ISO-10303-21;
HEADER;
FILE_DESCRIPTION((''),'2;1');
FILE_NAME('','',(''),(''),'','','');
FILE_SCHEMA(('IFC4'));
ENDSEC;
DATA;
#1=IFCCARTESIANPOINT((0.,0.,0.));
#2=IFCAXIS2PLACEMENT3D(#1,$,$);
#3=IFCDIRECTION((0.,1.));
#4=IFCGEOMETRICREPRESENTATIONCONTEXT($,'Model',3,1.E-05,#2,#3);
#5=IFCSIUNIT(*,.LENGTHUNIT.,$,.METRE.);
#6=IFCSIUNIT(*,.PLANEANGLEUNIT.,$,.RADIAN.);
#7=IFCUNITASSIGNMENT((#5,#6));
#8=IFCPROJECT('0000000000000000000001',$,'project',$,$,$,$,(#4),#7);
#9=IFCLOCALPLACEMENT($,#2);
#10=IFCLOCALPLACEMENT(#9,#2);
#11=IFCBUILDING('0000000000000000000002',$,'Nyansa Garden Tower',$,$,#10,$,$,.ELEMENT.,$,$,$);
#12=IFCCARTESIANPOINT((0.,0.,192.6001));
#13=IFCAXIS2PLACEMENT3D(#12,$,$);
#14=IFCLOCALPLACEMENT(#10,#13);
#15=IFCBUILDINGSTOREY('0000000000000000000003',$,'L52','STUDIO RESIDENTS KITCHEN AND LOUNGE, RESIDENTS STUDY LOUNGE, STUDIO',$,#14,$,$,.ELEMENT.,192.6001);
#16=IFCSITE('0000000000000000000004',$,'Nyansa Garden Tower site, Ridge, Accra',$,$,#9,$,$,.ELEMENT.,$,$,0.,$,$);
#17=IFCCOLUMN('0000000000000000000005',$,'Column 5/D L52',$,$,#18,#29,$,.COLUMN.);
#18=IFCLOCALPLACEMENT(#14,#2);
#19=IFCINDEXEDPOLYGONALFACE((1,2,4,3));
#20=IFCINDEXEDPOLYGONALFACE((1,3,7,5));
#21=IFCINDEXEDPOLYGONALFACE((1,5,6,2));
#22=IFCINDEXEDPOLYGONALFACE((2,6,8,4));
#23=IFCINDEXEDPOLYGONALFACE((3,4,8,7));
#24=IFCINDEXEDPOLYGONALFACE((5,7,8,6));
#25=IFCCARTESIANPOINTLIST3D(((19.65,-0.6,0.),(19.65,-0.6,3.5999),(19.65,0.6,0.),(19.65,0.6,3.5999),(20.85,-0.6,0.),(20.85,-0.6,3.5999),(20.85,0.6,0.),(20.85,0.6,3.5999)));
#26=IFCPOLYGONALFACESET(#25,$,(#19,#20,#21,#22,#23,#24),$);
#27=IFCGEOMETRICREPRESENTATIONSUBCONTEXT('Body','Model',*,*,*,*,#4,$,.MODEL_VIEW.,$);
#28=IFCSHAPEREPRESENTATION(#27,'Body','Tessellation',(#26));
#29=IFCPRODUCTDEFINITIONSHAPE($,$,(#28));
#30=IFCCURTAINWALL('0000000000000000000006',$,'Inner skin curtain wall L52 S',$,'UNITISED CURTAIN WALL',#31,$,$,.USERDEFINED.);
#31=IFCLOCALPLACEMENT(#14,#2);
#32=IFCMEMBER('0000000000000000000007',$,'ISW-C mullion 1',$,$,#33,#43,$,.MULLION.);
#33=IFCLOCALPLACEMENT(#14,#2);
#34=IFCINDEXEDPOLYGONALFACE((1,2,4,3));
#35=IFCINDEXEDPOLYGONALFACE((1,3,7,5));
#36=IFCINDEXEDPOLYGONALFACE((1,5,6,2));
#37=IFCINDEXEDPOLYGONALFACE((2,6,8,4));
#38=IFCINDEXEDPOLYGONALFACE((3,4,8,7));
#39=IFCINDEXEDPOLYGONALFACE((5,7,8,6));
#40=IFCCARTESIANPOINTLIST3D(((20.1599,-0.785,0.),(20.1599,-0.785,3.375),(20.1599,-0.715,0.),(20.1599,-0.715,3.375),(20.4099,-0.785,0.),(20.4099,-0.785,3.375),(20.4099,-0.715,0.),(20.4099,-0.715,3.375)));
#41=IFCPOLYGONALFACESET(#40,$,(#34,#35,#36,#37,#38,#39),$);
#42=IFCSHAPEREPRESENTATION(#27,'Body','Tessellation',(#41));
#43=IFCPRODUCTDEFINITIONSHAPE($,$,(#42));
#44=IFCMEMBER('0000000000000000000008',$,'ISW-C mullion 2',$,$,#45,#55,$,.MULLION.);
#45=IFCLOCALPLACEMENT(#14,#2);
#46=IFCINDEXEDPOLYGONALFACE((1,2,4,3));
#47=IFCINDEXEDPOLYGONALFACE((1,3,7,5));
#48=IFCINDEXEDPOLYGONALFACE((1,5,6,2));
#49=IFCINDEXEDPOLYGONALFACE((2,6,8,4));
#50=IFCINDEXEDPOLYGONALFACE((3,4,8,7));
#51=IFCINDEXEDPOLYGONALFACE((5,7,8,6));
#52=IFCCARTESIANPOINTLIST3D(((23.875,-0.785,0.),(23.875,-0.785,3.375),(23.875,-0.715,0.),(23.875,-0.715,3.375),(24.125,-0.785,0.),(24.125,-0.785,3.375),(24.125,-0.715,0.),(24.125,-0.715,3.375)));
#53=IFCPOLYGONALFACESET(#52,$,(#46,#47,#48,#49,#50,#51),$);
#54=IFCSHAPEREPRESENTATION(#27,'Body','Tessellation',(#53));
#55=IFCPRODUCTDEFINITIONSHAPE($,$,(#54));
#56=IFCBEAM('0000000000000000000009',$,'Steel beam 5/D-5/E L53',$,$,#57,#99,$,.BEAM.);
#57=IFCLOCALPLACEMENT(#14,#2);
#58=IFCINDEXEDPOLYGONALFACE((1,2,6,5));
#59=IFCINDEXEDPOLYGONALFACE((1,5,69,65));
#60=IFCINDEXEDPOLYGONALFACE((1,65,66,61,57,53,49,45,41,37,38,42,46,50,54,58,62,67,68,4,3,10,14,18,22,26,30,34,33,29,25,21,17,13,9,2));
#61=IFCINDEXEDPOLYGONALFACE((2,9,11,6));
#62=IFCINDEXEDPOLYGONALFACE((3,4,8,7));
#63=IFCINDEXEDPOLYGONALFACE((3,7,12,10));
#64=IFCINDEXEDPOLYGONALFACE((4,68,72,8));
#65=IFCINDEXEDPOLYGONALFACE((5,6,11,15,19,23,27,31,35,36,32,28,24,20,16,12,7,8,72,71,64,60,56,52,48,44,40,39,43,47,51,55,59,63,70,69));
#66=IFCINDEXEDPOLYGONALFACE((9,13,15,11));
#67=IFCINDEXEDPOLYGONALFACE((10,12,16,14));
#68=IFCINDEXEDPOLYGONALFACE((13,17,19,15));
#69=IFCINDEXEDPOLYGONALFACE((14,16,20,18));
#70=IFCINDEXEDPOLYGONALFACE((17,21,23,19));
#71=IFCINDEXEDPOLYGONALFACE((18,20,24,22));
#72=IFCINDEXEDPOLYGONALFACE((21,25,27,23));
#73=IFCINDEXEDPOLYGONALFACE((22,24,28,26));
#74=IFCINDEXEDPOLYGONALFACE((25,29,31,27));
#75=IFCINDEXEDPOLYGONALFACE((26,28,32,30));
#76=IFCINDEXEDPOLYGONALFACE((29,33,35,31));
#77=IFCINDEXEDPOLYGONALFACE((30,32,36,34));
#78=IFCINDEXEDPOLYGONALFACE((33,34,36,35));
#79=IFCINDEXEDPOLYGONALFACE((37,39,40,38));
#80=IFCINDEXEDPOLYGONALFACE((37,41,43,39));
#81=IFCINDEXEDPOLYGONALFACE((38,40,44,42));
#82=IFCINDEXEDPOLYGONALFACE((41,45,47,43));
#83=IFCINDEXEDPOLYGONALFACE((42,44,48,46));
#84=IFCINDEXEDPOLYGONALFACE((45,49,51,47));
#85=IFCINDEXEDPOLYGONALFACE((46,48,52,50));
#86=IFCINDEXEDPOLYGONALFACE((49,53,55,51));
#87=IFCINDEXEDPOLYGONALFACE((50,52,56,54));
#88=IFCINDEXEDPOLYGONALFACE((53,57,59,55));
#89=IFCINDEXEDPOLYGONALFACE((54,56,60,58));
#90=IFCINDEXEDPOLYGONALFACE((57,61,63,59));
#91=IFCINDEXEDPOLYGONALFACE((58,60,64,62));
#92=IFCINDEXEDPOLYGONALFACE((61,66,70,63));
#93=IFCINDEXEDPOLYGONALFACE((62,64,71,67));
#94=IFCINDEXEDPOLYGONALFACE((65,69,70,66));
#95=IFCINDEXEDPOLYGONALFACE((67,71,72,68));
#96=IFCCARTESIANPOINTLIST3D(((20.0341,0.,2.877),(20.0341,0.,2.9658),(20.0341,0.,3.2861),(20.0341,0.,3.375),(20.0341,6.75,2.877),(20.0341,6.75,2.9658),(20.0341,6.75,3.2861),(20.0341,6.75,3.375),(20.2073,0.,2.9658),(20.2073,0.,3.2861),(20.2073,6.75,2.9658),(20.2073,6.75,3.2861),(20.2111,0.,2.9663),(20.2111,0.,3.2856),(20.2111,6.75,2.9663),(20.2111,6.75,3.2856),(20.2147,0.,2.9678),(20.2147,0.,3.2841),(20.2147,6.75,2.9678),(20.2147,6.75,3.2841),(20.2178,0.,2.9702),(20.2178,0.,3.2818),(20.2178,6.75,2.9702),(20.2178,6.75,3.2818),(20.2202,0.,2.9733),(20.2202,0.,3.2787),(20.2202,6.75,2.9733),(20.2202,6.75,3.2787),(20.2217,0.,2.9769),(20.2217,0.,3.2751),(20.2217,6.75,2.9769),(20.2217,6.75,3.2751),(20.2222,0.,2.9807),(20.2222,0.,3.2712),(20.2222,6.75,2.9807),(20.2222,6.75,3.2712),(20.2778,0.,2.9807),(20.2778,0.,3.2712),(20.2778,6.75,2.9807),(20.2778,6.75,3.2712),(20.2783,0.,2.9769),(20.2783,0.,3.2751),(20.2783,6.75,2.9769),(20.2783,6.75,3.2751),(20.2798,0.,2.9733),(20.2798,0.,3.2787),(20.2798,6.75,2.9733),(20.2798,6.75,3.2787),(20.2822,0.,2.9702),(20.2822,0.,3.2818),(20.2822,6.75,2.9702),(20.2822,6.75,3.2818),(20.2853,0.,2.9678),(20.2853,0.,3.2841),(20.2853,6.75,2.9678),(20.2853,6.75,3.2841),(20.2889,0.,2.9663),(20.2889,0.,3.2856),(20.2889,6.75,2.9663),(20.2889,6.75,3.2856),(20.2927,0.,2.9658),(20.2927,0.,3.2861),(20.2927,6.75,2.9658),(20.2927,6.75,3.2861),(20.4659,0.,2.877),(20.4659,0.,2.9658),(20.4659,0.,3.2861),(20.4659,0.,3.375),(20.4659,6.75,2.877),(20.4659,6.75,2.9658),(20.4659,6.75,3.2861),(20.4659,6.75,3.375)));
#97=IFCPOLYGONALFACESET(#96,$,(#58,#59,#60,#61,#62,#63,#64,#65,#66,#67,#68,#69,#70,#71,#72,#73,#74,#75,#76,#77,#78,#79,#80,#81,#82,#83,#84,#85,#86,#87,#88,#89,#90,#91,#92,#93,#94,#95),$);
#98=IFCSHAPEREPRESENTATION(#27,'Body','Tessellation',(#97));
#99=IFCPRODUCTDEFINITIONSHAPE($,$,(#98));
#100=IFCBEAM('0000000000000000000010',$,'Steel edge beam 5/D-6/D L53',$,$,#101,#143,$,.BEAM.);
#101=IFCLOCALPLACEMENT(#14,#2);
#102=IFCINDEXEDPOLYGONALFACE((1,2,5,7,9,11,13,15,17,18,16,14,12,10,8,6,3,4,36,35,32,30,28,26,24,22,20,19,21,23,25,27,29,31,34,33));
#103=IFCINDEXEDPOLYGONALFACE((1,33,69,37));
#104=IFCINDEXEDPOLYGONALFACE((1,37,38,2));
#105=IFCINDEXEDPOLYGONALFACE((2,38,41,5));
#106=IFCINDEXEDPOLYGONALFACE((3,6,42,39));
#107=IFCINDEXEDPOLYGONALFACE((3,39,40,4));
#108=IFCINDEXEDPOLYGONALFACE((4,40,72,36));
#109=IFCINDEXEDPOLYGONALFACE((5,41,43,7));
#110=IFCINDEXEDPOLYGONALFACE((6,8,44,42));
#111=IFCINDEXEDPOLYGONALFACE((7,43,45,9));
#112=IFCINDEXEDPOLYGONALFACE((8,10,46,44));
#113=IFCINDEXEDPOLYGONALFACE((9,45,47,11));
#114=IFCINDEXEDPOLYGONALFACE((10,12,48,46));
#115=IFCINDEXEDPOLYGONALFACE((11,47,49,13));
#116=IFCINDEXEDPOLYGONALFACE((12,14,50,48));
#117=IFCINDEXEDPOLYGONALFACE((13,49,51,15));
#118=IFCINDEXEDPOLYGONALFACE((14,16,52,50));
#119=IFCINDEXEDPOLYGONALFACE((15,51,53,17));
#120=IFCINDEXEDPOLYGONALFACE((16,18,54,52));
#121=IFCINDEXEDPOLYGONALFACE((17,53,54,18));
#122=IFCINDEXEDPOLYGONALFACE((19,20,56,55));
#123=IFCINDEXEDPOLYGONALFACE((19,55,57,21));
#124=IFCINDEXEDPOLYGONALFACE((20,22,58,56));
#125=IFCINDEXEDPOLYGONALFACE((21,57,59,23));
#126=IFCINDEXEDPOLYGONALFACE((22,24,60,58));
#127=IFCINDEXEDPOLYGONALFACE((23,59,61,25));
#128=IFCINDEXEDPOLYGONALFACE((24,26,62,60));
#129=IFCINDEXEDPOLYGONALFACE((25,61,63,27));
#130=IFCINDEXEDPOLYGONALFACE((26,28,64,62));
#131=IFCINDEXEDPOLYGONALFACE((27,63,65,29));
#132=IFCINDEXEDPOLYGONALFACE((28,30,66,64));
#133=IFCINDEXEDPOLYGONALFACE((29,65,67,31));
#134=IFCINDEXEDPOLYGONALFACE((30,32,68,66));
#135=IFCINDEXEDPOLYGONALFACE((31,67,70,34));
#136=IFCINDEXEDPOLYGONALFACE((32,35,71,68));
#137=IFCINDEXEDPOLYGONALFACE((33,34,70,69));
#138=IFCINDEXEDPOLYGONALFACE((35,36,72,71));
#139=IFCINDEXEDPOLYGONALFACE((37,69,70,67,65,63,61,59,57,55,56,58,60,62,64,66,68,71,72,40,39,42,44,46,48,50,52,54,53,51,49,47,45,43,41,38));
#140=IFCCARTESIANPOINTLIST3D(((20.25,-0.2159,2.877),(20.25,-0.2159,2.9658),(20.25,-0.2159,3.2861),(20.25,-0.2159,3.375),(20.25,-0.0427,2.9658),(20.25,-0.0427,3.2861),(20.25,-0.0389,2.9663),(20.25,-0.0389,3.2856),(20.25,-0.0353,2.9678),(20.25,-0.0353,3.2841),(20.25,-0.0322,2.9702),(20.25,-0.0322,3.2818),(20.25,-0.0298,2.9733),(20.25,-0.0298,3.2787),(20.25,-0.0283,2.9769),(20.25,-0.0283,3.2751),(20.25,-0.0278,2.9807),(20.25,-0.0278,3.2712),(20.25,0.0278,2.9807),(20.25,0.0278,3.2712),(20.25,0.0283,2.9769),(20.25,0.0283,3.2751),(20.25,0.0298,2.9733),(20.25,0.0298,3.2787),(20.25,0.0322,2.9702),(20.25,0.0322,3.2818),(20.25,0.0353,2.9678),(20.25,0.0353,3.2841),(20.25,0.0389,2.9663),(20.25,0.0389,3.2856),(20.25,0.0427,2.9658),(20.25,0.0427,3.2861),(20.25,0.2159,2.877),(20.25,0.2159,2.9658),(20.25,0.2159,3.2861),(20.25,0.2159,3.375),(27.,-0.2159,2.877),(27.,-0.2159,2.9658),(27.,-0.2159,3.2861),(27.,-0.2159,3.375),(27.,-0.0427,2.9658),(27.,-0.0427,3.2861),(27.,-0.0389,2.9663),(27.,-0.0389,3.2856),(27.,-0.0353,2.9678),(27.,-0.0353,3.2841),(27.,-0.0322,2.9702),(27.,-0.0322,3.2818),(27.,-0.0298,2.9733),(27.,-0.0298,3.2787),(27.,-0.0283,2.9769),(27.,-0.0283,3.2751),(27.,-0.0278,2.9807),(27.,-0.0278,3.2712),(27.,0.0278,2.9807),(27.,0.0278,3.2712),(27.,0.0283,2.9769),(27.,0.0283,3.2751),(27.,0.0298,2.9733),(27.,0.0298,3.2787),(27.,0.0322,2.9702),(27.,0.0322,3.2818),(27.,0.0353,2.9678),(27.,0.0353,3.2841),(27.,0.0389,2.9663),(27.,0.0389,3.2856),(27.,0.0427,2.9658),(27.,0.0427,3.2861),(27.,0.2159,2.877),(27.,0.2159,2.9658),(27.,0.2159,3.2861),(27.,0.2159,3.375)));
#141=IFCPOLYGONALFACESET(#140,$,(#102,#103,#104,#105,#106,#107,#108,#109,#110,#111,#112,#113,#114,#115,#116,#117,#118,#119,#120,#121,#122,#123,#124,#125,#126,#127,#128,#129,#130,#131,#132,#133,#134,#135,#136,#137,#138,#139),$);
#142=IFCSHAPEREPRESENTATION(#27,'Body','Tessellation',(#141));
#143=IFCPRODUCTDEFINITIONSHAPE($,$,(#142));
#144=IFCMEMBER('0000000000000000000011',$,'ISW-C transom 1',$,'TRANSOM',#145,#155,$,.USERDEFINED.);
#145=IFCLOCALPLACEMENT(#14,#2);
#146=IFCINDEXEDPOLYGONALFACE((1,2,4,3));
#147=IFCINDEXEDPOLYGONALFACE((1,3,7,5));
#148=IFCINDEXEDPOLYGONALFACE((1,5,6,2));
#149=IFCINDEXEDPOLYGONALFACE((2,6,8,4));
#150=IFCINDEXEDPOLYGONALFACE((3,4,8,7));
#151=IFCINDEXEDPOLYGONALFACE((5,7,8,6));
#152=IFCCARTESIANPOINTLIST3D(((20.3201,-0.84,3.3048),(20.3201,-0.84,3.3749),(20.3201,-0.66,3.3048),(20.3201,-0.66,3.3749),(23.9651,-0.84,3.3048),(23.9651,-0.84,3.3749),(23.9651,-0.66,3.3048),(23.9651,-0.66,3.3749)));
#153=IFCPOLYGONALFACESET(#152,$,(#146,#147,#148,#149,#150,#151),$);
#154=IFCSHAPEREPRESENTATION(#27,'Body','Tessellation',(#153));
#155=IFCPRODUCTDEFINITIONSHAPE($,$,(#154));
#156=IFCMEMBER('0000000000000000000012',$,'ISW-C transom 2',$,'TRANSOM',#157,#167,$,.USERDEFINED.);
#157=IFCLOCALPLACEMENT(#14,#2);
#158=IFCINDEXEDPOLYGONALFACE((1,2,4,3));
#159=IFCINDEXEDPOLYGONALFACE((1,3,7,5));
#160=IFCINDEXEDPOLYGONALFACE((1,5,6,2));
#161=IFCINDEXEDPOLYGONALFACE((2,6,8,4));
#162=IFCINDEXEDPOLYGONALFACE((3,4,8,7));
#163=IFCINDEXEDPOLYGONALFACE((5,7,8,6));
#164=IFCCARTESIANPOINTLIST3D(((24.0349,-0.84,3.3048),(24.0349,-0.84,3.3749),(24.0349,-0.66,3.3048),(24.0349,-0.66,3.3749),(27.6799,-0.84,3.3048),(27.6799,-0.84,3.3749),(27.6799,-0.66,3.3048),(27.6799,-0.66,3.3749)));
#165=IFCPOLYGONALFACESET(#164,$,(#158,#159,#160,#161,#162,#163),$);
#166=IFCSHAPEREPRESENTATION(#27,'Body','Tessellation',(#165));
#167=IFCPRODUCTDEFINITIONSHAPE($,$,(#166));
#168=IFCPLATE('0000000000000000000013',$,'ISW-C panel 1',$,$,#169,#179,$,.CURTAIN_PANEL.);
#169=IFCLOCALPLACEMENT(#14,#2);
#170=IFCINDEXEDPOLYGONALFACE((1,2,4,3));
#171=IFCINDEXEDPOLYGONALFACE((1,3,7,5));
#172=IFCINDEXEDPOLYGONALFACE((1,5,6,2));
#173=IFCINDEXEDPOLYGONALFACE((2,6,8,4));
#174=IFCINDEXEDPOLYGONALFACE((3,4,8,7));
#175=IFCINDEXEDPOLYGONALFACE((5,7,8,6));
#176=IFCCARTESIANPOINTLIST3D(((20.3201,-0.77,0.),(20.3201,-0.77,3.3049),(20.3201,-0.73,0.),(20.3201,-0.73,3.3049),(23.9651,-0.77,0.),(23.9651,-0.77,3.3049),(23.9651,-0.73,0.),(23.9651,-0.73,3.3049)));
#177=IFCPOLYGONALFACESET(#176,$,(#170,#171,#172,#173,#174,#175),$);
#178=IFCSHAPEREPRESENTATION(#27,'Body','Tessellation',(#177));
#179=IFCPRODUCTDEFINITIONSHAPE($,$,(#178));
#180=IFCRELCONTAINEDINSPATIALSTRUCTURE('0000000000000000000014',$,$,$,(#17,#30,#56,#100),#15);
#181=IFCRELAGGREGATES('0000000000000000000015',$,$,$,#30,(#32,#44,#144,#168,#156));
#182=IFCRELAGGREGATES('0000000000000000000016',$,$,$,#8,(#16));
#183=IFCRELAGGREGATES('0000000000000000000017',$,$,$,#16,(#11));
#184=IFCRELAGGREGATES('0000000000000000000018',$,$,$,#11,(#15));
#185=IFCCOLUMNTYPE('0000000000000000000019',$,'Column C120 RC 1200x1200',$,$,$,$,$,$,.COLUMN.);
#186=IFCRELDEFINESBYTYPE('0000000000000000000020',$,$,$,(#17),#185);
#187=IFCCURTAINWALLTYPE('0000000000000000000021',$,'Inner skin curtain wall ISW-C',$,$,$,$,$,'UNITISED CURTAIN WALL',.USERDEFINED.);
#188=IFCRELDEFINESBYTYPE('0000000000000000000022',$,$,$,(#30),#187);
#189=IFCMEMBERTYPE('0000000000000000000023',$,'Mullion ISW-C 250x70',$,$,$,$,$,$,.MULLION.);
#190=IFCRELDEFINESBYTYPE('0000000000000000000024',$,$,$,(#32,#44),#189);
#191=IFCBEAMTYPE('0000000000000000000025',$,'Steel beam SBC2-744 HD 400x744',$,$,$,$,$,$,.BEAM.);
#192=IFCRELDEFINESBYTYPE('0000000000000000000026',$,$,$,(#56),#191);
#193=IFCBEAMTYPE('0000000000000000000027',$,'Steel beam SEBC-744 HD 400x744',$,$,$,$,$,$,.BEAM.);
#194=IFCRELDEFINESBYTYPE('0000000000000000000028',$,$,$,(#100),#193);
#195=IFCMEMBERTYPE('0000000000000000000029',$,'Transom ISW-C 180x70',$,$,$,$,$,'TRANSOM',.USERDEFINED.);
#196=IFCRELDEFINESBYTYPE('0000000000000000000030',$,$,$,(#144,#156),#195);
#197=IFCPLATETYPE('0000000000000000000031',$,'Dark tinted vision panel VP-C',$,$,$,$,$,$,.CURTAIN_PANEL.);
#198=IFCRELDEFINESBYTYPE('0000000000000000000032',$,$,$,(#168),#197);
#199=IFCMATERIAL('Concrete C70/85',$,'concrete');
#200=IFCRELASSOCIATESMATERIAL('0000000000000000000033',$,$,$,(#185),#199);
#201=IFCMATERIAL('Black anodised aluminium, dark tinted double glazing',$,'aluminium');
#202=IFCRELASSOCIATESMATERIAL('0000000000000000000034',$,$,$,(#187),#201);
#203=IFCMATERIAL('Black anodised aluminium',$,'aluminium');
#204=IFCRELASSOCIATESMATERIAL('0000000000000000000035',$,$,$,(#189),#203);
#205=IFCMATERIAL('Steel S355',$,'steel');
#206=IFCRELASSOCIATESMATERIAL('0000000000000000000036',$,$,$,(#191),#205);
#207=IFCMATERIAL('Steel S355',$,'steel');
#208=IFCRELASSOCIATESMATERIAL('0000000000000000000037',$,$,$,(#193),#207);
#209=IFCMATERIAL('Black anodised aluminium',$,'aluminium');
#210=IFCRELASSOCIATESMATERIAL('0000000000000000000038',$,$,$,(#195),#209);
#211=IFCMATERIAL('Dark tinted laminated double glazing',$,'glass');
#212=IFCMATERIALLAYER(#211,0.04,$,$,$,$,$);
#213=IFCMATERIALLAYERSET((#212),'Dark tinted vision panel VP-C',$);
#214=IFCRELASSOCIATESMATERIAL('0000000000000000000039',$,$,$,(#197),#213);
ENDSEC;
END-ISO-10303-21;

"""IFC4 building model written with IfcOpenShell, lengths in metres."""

from ifc_helpers import new_model, si_unit, direction, frame, origin, origin_2d, place, context, subcontext, project, spatial, rectangle, i_section, extrude, material, layer, layer_set, material_profile, profile_set, type_object, element, aggregate, save


model = new_model("IFC4")

# Units and contexts
model_context = context("Model", 3, precision=1e-05, world=origin(), true_north=direction((0.0, 1.0)))
body_context = subcontext(model_context, "Body", "Model", "MODEL_VIEW")
ifc_project = project(units=[si_unit("LENGTHUNIT", "METRE"), si_unit("PLANEANGLEUNIT", "RADIAN")], contexts=[model_context])

# Site, building, storey
site_placement = place(None, origin())
site = spatial("IfcSite", under=ifc_project, at=site_placement, Name="Nyansa Garden Tower site, Ridge, Accra", CompositionType="ELEMENT", RefElevation=0.0)
building_placement = place(site_placement, origin())
building = spatial("IfcBuilding", under=site, at=building_placement, Name="Nyansa Garden Tower", CompositionType="ELEMENT")
storey_placement = place(building_placement, frame((0.0, 0.0, 192.6001)))
storey = spatial("IfcBuildingStorey", under=building, at=storey_placement, Name="L52", Description="STUDIO RESIDENTS KITCHEN AND LOUNGE, RESIDENTS STUDY LOUNGE, STUDIO", CompositionType="ELEMENT", Elevation=192.6001)

# Column
ifc_material_1 = material(Name="Concrete C70/85", Category="concrete")
ifc_material_profile_1 = material_profile(ifc_material_1, rectangle(XDim=1.2, YDim=1.2, at=origin_2d()), Name="RC 1200x1200")
ifc_profile_set_1 = profile_set([ifc_material_profile_1], Name="Concrete C70/85")
column_type = type_object("IfcColumnType", Name="Column C120 RC 1200x1200", PredefinedType="COLUMN", material=ifc_profile_set_1)
column_placement = place(storey_placement, frame((20.25, 0.0, 0.0), z_axis=(0.0, 0.0, 1.0), x_axis=(1.0, 0.0, 0.0)))
element("IfcColumn", 1, at=column_placement, inside=storey, type_object=column_type, Name="Column 5/D L52", PredefinedType="COLUMN", context=body_context, shape_type="SweptSolid", body=[
    extrude(rectangle(XDim=1.2, YDim=1.2, at=origin_2d()), origin(), (0.0, 0.0, 1.0), 3.5999),
])

# Curtain wall, members
ifc_material_2 = material(Name="Black anodised aluminium, dark tinted double glazing", Category="aluminium")
curtain_wall_type = type_object("IfcCurtainWallType", Name="Inner skin curtain wall ISW-C", ElementType="UNITISED CURTAIN WALL", PredefinedType="USERDEFINED", material=ifc_material_2)
curtain_wall_placement = place(storey_placement, origin())
curtain_wall = element("IfcCurtainWall", 2, at=curtain_wall_placement, inside=storey, type_object=curtain_wall_type, Name="Inner skin curtain wall L52 S", ObjectType="UNITISED CURTAIN WALL", PredefinedType="USERDEFINED")
ifc_material_3 = material(Name="Black anodised aluminium", Category="aluminium")
ifc_material_profile_2 = material_profile(ifc_material_3, rectangle(XDim=0.0701, YDim=0.25, at=origin_2d()), Name="Mullion 250x70")
ifc_profile_set_2 = profile_set([ifc_material_profile_2], Name="Black anodised aluminium")
member_type_1 = type_object("IfcMemberType", Name="Mullion ISW-C 250x70", PredefinedType="MULLION", material=ifc_profile_set_2)
member_1_placement = place(storey_placement, frame((20.2849, -0.75, 0.0), z_axis=(0.0, 0.0, 1.0), x_axis=(0.0, 1.0, 0.0)))
member_1 = element("IfcMember", 3, at=member_1_placement, type_object=member_type_1, Name="ISW-C mullion 1", PredefinedType="MULLION", context=body_context, shape_type="SweptSolid", body=[
    extrude(rectangle(XDim=0.0701, YDim=0.25, at=origin_2d()), origin(), (0.0, 0.0, 1.0), 3.375),
])
member_2_placement = place(storey_placement, frame((24.0, -0.75, 0.0), z_axis=(0.0, 0.0, 1.0), x_axis=(0.0, 1.0, 0.0)))
member_2 = element("IfcMember", 4, at=member_2_placement, type_object=member_type_1, Name="ISW-C mullion 2", PredefinedType="MULLION", context=body_context, shape_type="SweptSolid", body=[
    extrude(rectangle(XDim=0.0701, YDim=0.25, at=origin_2d()), origin(), (0.0, 0.0, 1.0), 3.375),
])

# Beams
ifc_material_4 = material(Name="Steel S355", Category="steel")
ifc_material_profile_3 = material_profile(ifc_material_4, i_section(OverallWidth=0.4319, OverallDepth=0.498, WebThickness=0.0557, FlangeThickness=0.0889, FilletRadius=0.0149, at=origin_2d()), Name="HD 400x744")
ifc_profile_set_3 = profile_set([ifc_material_profile_3], Name="Steel S355")
beam_type_1 = type_object("IfcBeamType", Name="Steel beam SBC2-744 HD 400x744", PredefinedType="BEAM", material=ifc_profile_set_3)
beam_1_placement = place(storey_placement, frame((20.25, 0.0, 3.126), z_axis=(0.0, 1.0, 0.0), x_axis=(-1.0, 0.0, 0.0)))
element("IfcBeam", 5, at=beam_1_placement, inside=storey, type_object=beam_type_1, Name="Steel beam 5/D-5/E L53", PredefinedType="BEAM", context=body_context, shape_type="SweptSolid", body=[
    extrude(i_section(OverallWidth=0.4319, OverallDepth=0.498, WebThickness=0.0557, FlangeThickness=0.0889, FilletRadius=0.0149, at=origin_2d()), origin(), (0.0, 0.0, 1.0), 6.75),
])
ifc_material_5 = material(Name="Steel S355", Category="steel")
ifc_material_profile_4 = material_profile(ifc_material_5, i_section(OverallWidth=0.4319, OverallDepth=0.498, WebThickness=0.0557, FlangeThickness=0.0889, FilletRadius=0.0149, at=origin_2d()), Name="HD 400x744")
ifc_profile_set_4 = profile_set([ifc_material_profile_4], Name="Steel S355")
beam_type_2 = type_object("IfcBeamType", Name="Steel beam SEBC-744 HD 400x744", PredefinedType="BEAM", material=ifc_profile_set_4)
beam_2_placement = place(storey_placement, frame((20.25, 0.0, 3.126), z_axis=(1.0, 0.0, 0.0), x_axis=(0.0, 1.0, 0.0)))
element("IfcBeam", 6, at=beam_2_placement, inside=storey, type_object=beam_type_2, Name="Steel edge beam 5/D-6/D L53", PredefinedType="BEAM", context=body_context, shape_type="SweptSolid", body=[
    extrude(i_section(OverallWidth=0.4319, OverallDepth=0.498, WebThickness=0.0557, FlangeThickness=0.0889, FilletRadius=0.0149, at=origin_2d()), origin(), (0.0, 0.0, 1.0), 6.75),
])

# Members
ifc_material_6 = material(Name="Black anodised aluminium", Category="aluminium")
ifc_material_profile_5 = material_profile(ifc_material_6, rectangle(XDim=0.1799, YDim=0.0701, at=origin_2d()), Name="Transom 180x70")
ifc_profile_set_5 = profile_set([ifc_material_profile_5], Name="Black anodised aluminium")
member_type_2 = type_object("IfcMemberType", Name="Transom ISW-C 180x70", ElementType="TRANSOM", PredefinedType="USERDEFINED", material=ifc_profile_set_5)
member_3_placement = place(storey_placement, frame((20.3201, -0.75, 3.3398), z_axis=(1.0, 0.0, 0.0), x_axis=(0.0, 1.0, 0.0)))
member_3 = element("IfcMember", 7, at=member_3_placement, type_object=member_type_2, Name="ISW-C transom 1", ObjectType="TRANSOM", PredefinedType="USERDEFINED", context=body_context, shape_type="SweptSolid", body=[
    extrude(rectangle(XDim=0.1799, YDim=0.0701, at=origin_2d()), origin(), (0.0, 0.0, 1.0), 3.645),
])
member_4_placement = place(storey_placement, frame((24.0349, -0.75, 3.3398), z_axis=(1.0, 0.0, 0.0), x_axis=(0.0, 1.0, 0.0)))
member_4 = element("IfcMember", 8, at=member_4_placement, type_object=member_type_2, Name="ISW-C transom 2", ObjectType="TRANSOM", PredefinedType="USERDEFINED", context=body_context, shape_type="SweptSolid", body=[
    extrude(rectangle(XDim=0.1799, YDim=0.0701, at=origin_2d()), origin(), (0.0, 0.0, 1.0), 3.645),
])

# Plate
ifc_material_7 = material(Name="Dark tinted laminated double glazing", Category="glass")
ifc_layer_1 = layer(ifc_material_7, 0.04)
ifc_layer_set_1 = layer_set([ifc_layer_1], Name="Dark tinted vision panel VP-C")
plate_type = type_object("IfcPlateType", Name="Dark tinted vision panel VP-C", PredefinedType="CURTAIN_PANEL", material=ifc_layer_set_1)
plate_1_placement = place(storey_placement, frame((22.1426, -0.75, 0.0), z_axis=(0.0, 0.0, 1.0), x_axis=(1.0, 0.0, 0.0)))
plate_1 = element("IfcPlate", 9, at=plate_1_placement, type_object=plate_type, Name="ISW-C panel 1", PredefinedType="CURTAIN_PANEL", context=body_context, shape_type="SweptSolid", body=[
    extrude(rectangle(XDim=3.645, YDim=0.04, at=origin_2d()), origin(), (0.0, 0.0, 1.0), 3.3049),
])
aggregate(curtain_wall, [member_1, member_2, member_3, plate_1, member_4])

save(model, "model.ifc")
